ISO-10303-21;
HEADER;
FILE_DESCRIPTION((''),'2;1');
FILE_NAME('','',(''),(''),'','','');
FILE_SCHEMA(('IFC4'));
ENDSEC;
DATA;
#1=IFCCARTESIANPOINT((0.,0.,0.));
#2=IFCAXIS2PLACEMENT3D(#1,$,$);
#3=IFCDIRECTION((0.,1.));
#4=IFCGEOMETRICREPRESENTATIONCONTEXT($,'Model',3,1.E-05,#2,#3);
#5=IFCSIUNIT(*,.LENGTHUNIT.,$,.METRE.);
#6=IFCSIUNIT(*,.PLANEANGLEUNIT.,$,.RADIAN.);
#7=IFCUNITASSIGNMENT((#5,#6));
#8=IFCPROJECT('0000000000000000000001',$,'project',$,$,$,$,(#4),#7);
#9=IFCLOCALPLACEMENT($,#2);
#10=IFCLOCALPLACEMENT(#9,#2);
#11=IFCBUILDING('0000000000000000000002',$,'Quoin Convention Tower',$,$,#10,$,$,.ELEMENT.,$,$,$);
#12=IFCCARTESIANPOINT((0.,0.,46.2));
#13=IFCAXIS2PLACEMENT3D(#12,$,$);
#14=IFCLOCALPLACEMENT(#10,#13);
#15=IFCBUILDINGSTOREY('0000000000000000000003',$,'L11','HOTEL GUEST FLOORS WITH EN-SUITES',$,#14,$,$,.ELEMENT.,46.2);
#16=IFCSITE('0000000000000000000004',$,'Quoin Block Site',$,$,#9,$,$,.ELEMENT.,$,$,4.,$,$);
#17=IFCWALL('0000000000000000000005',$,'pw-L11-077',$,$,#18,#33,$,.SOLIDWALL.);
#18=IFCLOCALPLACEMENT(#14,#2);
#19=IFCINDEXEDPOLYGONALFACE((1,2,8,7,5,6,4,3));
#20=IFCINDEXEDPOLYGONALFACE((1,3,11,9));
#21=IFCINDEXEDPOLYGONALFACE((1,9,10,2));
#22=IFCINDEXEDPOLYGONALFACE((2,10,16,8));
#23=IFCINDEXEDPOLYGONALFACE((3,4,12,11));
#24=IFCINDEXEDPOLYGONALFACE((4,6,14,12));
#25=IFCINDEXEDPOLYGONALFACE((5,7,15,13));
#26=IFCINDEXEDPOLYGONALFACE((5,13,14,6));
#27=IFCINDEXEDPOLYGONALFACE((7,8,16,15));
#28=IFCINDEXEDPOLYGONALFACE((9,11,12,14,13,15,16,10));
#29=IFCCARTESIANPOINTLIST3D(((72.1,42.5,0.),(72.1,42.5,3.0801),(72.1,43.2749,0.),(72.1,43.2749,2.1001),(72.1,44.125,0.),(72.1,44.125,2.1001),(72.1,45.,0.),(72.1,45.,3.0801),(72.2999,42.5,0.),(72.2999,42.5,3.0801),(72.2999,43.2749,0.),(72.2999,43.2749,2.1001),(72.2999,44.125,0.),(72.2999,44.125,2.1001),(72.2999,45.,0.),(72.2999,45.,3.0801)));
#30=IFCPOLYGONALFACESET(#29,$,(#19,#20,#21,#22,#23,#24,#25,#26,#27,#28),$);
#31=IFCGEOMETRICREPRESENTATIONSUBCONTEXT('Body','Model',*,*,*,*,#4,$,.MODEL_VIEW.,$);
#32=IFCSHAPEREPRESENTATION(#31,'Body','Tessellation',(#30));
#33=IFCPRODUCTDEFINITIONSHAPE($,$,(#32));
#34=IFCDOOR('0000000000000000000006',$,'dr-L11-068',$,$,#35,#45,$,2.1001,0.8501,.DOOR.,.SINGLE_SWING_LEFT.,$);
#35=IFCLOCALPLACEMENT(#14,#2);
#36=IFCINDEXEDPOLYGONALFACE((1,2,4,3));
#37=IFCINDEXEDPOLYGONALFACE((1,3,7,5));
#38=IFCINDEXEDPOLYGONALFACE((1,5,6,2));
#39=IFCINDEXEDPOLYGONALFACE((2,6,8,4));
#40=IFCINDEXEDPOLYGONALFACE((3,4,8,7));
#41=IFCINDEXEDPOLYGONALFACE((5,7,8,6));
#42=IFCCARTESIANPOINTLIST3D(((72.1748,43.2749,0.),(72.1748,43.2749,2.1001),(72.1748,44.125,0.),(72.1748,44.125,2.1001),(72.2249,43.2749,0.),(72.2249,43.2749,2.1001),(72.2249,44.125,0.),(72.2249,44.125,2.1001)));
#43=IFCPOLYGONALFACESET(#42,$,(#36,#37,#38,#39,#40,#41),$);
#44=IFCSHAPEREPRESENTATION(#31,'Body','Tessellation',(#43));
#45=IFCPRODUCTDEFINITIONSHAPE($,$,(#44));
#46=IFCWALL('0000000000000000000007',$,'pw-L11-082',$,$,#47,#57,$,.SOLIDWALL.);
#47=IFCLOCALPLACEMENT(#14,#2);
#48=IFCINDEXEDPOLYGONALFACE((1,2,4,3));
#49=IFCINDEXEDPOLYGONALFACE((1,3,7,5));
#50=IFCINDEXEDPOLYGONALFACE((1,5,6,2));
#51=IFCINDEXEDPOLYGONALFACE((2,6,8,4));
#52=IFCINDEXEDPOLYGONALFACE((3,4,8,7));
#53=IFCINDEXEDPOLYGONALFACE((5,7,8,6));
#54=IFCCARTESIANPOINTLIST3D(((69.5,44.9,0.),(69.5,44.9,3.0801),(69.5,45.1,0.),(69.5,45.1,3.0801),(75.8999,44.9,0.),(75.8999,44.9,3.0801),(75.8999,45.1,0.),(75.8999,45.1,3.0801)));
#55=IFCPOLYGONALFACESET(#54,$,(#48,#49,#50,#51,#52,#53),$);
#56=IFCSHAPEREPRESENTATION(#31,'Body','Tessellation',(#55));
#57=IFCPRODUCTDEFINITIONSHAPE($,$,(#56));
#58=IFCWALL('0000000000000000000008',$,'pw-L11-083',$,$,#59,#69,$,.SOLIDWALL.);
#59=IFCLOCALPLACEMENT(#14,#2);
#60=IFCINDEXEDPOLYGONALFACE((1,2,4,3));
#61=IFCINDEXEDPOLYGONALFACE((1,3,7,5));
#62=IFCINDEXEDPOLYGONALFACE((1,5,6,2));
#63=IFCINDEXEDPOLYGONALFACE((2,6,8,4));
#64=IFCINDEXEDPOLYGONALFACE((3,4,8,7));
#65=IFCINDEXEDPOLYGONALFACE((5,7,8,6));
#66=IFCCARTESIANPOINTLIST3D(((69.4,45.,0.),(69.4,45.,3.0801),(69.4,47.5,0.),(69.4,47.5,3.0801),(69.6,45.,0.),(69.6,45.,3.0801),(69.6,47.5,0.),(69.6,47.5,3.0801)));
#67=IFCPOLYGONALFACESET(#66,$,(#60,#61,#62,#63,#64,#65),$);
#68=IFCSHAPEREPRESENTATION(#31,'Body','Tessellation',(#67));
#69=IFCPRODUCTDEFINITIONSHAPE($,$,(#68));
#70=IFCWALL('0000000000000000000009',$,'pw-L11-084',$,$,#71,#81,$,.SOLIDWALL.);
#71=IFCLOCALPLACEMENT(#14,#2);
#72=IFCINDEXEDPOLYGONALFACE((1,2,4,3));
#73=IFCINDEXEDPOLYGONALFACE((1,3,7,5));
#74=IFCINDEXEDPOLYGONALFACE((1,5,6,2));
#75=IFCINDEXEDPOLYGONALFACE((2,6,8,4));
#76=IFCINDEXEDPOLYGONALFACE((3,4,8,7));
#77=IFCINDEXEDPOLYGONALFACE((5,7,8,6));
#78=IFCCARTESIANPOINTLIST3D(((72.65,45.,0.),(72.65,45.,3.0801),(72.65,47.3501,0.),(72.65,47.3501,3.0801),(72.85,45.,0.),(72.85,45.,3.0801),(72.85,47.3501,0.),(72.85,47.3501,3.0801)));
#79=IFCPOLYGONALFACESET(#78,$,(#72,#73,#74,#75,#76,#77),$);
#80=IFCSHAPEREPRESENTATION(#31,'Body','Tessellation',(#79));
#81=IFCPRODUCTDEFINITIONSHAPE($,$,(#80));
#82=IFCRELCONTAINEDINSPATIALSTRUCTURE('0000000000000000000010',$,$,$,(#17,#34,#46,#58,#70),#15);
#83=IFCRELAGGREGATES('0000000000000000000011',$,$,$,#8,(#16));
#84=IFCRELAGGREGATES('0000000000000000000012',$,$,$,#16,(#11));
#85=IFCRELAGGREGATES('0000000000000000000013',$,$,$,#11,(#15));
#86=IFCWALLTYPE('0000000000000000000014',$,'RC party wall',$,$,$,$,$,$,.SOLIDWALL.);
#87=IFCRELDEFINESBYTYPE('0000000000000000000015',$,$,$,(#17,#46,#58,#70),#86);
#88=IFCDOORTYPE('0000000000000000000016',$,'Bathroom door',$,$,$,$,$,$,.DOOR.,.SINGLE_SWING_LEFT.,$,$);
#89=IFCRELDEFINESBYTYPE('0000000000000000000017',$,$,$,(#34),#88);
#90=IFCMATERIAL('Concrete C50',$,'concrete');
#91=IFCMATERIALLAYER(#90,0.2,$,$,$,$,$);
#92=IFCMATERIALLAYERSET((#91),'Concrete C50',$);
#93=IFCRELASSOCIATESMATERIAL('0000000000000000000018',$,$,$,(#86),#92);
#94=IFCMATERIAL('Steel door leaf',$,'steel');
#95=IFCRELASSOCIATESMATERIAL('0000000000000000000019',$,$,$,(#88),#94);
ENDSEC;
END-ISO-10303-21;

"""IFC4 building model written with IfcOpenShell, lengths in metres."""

from ifc_helpers import new_model, si_unit, direction, frame, frame_2d, origin, place, context, subcontext, project, spatial, rectangle, extrude, material, layer, layer_set, type_object, element, fill, save


model = new_model("IFC4")

# Units and contexts
model_context = context("Model", 3, precision=1e-05, world=origin(), true_north=direction((0.0, 1.0)))
body_context = subcontext(model_context, "Body", "Model", "MODEL_VIEW")
ifc_project = project(units=[si_unit("LENGTHUNIT", "METRE"), si_unit("PLANEANGLEUNIT", "RADIAN")], contexts=[model_context])

# Site, building, storey
site_placement = place(None, origin())
site = spatial("IfcSite", under=ifc_project, at=site_placement, Name="Quoin Block Site", CompositionType="ELEMENT", RefElevation=4.0)
building_placement = place(site_placement, origin())
building = spatial("IfcBuilding", under=site, at=building_placement, Name="Quoin Convention Tower", CompositionType="ELEMENT")
storey_placement = place(building_placement, frame((0.0, 0.0, 46.2)))
storey = spatial("IfcBuildingStorey", under=building, at=storey_placement, Name="L11", Description="HOTEL GUEST FLOORS WITH EN-SUITES", CompositionType="ELEMENT", Elevation=46.2)

# Shared definitions
ifc_material_1 = material(Name="Concrete C50", Category="concrete")
ifc_layer_1 = layer(ifc_material_1, 0.2)
ifc_layer_set_1 = layer_set([ifc_layer_1], Name="Concrete C50")
wall_type_1 = type_object("IfcWallType", Name="RC party wall", PredefinedType="SOLIDWALL", material=ifc_layer_set_1)

# Wall, opening, door
wall_1_placement = place(storey_placement, frame((72.2, 42.5, 0.0), z_axis=(0.0, 0.0, 1.0), x_axis=(0.0, 1.0, 0.0)))
wall_1 = element("IfcWall", 1, at=wall_1_placement, inside=storey, type_object=wall_type_1, Name="pw-L11-077", PredefinedType="SOLIDWALL", context=body_context, shape_type="SweptSolid", body=[
    extrude(rectangle(XDim=2.5, YDim=0.2, at=frame_2d((1.25, 0.0))), origin(), (0.0, 0.0, 1.0), 3.0801),
])
opening_1_placement = place(wall_1_placement, frame((0.7749, 0.0, 0.0)))
opening_1 = element("IfcOpeningElement", 2, at=opening_1_placement, cuts=wall_1, PredefinedType="OPENING", context=body_context, shape_type="SweptSolid", body=[
    extrude(rectangle(XDim=0.8501, YDim=2.1001, at=frame_2d((0.425, 1.05))), frame((0.0, 0.1099, 0.0), z_axis=(0.0, -1.0, 0.0), x_axis=(1.0, 0.0, 0.0)), (0.0, 0.0, 1.0), 0.22),
])
ifc_material_2 = material(Name="Steel door leaf", Category="steel")
door_type = type_object("IfcDoorType", Name="Bathroom door", OperationType="SINGLE_SWING_LEFT", PredefinedType="DOOR", material=ifc_material_2)
door_placement = place(opening_1_placement, frame((0.8501, 0.0, 0.0), z_axis=(0.0, 0.0, 1.0), x_axis=(-1.0, 0.0, 0.0)))
door = element("IfcDoor", 3, at=door_placement, inside=storey, type_object=door_type, Name="dr-L11-068", OperationType="SINGLE_SWING_LEFT", OverallHeight=2.1001, OverallWidth=0.8501, PredefinedType="DOOR", context=body_context, shape_type="SweptSolid", body=[
    extrude(rectangle(XDim=0.8501, YDim=2.1001, at=frame_2d((0.425, 1.05))), frame((0.0, 0.0249, 0.0), z_axis=(0.0, -1.0, 0.0), x_axis=(1.0, 0.0, 0.0)), (0.0, 0.0, 1.0), 0.05),
])
fill(opening_1, door)

# Walls
wall_2_placement = place(storey_placement, frame((69.5, 45.0, 0.0), z_axis=(0.0, 0.0, 1.0), x_axis=(1.0, 0.0, 0.0)))
element("IfcWall", 4, at=wall_2_placement, inside=storey, type_object=wall_type_1, Name="pw-L11-082", PredefinedType="SOLIDWALL", context=body_context, shape_type="SweptSolid", body=[
    extrude(rectangle(XDim=6.3999, YDim=0.2, at=frame_2d((3.2, 0.0))), origin(), (0.0, 0.0, 1.0), 3.0801),
])
wall_3_placement = place(storey_placement, frame((69.5, 45.0, 0.0), z_axis=(0.0, 0.0, 1.0), x_axis=(0.0, 1.0, 0.0)))
element("IfcWall", 5, at=wall_3_placement, inside=storey, type_object=wall_type_1, Name="pw-L11-083", PredefinedType="SOLIDWALL", context=body_context, shape_type="SweptSolid", body=[
    extrude(rectangle(XDim=2.5, YDim=0.2, at=frame_2d((1.25, 0.0))), origin(), (0.0, 0.0, 1.0), 3.0801),
])
wall_4_placement = place(storey_placement, frame((72.75, 45.0, 0.0), z_axis=(0.0, 0.0, 1.0), x_axis=(0.0, 1.0, 0.0)))
element("IfcWall", 6, at=wall_4_placement, inside=storey, type_object=wall_type_1, Name="pw-L11-084", PredefinedType="SOLIDWALL", context=body_context, shape_type="SweptSolid", body=[
    extrude(rectangle(XDim=2.3501, YDim=0.2, at=frame_2d((1.175, 0.0))), origin(), (0.0, 0.0, 1.0), 3.0801),
])

save(model, "model.ifc")
